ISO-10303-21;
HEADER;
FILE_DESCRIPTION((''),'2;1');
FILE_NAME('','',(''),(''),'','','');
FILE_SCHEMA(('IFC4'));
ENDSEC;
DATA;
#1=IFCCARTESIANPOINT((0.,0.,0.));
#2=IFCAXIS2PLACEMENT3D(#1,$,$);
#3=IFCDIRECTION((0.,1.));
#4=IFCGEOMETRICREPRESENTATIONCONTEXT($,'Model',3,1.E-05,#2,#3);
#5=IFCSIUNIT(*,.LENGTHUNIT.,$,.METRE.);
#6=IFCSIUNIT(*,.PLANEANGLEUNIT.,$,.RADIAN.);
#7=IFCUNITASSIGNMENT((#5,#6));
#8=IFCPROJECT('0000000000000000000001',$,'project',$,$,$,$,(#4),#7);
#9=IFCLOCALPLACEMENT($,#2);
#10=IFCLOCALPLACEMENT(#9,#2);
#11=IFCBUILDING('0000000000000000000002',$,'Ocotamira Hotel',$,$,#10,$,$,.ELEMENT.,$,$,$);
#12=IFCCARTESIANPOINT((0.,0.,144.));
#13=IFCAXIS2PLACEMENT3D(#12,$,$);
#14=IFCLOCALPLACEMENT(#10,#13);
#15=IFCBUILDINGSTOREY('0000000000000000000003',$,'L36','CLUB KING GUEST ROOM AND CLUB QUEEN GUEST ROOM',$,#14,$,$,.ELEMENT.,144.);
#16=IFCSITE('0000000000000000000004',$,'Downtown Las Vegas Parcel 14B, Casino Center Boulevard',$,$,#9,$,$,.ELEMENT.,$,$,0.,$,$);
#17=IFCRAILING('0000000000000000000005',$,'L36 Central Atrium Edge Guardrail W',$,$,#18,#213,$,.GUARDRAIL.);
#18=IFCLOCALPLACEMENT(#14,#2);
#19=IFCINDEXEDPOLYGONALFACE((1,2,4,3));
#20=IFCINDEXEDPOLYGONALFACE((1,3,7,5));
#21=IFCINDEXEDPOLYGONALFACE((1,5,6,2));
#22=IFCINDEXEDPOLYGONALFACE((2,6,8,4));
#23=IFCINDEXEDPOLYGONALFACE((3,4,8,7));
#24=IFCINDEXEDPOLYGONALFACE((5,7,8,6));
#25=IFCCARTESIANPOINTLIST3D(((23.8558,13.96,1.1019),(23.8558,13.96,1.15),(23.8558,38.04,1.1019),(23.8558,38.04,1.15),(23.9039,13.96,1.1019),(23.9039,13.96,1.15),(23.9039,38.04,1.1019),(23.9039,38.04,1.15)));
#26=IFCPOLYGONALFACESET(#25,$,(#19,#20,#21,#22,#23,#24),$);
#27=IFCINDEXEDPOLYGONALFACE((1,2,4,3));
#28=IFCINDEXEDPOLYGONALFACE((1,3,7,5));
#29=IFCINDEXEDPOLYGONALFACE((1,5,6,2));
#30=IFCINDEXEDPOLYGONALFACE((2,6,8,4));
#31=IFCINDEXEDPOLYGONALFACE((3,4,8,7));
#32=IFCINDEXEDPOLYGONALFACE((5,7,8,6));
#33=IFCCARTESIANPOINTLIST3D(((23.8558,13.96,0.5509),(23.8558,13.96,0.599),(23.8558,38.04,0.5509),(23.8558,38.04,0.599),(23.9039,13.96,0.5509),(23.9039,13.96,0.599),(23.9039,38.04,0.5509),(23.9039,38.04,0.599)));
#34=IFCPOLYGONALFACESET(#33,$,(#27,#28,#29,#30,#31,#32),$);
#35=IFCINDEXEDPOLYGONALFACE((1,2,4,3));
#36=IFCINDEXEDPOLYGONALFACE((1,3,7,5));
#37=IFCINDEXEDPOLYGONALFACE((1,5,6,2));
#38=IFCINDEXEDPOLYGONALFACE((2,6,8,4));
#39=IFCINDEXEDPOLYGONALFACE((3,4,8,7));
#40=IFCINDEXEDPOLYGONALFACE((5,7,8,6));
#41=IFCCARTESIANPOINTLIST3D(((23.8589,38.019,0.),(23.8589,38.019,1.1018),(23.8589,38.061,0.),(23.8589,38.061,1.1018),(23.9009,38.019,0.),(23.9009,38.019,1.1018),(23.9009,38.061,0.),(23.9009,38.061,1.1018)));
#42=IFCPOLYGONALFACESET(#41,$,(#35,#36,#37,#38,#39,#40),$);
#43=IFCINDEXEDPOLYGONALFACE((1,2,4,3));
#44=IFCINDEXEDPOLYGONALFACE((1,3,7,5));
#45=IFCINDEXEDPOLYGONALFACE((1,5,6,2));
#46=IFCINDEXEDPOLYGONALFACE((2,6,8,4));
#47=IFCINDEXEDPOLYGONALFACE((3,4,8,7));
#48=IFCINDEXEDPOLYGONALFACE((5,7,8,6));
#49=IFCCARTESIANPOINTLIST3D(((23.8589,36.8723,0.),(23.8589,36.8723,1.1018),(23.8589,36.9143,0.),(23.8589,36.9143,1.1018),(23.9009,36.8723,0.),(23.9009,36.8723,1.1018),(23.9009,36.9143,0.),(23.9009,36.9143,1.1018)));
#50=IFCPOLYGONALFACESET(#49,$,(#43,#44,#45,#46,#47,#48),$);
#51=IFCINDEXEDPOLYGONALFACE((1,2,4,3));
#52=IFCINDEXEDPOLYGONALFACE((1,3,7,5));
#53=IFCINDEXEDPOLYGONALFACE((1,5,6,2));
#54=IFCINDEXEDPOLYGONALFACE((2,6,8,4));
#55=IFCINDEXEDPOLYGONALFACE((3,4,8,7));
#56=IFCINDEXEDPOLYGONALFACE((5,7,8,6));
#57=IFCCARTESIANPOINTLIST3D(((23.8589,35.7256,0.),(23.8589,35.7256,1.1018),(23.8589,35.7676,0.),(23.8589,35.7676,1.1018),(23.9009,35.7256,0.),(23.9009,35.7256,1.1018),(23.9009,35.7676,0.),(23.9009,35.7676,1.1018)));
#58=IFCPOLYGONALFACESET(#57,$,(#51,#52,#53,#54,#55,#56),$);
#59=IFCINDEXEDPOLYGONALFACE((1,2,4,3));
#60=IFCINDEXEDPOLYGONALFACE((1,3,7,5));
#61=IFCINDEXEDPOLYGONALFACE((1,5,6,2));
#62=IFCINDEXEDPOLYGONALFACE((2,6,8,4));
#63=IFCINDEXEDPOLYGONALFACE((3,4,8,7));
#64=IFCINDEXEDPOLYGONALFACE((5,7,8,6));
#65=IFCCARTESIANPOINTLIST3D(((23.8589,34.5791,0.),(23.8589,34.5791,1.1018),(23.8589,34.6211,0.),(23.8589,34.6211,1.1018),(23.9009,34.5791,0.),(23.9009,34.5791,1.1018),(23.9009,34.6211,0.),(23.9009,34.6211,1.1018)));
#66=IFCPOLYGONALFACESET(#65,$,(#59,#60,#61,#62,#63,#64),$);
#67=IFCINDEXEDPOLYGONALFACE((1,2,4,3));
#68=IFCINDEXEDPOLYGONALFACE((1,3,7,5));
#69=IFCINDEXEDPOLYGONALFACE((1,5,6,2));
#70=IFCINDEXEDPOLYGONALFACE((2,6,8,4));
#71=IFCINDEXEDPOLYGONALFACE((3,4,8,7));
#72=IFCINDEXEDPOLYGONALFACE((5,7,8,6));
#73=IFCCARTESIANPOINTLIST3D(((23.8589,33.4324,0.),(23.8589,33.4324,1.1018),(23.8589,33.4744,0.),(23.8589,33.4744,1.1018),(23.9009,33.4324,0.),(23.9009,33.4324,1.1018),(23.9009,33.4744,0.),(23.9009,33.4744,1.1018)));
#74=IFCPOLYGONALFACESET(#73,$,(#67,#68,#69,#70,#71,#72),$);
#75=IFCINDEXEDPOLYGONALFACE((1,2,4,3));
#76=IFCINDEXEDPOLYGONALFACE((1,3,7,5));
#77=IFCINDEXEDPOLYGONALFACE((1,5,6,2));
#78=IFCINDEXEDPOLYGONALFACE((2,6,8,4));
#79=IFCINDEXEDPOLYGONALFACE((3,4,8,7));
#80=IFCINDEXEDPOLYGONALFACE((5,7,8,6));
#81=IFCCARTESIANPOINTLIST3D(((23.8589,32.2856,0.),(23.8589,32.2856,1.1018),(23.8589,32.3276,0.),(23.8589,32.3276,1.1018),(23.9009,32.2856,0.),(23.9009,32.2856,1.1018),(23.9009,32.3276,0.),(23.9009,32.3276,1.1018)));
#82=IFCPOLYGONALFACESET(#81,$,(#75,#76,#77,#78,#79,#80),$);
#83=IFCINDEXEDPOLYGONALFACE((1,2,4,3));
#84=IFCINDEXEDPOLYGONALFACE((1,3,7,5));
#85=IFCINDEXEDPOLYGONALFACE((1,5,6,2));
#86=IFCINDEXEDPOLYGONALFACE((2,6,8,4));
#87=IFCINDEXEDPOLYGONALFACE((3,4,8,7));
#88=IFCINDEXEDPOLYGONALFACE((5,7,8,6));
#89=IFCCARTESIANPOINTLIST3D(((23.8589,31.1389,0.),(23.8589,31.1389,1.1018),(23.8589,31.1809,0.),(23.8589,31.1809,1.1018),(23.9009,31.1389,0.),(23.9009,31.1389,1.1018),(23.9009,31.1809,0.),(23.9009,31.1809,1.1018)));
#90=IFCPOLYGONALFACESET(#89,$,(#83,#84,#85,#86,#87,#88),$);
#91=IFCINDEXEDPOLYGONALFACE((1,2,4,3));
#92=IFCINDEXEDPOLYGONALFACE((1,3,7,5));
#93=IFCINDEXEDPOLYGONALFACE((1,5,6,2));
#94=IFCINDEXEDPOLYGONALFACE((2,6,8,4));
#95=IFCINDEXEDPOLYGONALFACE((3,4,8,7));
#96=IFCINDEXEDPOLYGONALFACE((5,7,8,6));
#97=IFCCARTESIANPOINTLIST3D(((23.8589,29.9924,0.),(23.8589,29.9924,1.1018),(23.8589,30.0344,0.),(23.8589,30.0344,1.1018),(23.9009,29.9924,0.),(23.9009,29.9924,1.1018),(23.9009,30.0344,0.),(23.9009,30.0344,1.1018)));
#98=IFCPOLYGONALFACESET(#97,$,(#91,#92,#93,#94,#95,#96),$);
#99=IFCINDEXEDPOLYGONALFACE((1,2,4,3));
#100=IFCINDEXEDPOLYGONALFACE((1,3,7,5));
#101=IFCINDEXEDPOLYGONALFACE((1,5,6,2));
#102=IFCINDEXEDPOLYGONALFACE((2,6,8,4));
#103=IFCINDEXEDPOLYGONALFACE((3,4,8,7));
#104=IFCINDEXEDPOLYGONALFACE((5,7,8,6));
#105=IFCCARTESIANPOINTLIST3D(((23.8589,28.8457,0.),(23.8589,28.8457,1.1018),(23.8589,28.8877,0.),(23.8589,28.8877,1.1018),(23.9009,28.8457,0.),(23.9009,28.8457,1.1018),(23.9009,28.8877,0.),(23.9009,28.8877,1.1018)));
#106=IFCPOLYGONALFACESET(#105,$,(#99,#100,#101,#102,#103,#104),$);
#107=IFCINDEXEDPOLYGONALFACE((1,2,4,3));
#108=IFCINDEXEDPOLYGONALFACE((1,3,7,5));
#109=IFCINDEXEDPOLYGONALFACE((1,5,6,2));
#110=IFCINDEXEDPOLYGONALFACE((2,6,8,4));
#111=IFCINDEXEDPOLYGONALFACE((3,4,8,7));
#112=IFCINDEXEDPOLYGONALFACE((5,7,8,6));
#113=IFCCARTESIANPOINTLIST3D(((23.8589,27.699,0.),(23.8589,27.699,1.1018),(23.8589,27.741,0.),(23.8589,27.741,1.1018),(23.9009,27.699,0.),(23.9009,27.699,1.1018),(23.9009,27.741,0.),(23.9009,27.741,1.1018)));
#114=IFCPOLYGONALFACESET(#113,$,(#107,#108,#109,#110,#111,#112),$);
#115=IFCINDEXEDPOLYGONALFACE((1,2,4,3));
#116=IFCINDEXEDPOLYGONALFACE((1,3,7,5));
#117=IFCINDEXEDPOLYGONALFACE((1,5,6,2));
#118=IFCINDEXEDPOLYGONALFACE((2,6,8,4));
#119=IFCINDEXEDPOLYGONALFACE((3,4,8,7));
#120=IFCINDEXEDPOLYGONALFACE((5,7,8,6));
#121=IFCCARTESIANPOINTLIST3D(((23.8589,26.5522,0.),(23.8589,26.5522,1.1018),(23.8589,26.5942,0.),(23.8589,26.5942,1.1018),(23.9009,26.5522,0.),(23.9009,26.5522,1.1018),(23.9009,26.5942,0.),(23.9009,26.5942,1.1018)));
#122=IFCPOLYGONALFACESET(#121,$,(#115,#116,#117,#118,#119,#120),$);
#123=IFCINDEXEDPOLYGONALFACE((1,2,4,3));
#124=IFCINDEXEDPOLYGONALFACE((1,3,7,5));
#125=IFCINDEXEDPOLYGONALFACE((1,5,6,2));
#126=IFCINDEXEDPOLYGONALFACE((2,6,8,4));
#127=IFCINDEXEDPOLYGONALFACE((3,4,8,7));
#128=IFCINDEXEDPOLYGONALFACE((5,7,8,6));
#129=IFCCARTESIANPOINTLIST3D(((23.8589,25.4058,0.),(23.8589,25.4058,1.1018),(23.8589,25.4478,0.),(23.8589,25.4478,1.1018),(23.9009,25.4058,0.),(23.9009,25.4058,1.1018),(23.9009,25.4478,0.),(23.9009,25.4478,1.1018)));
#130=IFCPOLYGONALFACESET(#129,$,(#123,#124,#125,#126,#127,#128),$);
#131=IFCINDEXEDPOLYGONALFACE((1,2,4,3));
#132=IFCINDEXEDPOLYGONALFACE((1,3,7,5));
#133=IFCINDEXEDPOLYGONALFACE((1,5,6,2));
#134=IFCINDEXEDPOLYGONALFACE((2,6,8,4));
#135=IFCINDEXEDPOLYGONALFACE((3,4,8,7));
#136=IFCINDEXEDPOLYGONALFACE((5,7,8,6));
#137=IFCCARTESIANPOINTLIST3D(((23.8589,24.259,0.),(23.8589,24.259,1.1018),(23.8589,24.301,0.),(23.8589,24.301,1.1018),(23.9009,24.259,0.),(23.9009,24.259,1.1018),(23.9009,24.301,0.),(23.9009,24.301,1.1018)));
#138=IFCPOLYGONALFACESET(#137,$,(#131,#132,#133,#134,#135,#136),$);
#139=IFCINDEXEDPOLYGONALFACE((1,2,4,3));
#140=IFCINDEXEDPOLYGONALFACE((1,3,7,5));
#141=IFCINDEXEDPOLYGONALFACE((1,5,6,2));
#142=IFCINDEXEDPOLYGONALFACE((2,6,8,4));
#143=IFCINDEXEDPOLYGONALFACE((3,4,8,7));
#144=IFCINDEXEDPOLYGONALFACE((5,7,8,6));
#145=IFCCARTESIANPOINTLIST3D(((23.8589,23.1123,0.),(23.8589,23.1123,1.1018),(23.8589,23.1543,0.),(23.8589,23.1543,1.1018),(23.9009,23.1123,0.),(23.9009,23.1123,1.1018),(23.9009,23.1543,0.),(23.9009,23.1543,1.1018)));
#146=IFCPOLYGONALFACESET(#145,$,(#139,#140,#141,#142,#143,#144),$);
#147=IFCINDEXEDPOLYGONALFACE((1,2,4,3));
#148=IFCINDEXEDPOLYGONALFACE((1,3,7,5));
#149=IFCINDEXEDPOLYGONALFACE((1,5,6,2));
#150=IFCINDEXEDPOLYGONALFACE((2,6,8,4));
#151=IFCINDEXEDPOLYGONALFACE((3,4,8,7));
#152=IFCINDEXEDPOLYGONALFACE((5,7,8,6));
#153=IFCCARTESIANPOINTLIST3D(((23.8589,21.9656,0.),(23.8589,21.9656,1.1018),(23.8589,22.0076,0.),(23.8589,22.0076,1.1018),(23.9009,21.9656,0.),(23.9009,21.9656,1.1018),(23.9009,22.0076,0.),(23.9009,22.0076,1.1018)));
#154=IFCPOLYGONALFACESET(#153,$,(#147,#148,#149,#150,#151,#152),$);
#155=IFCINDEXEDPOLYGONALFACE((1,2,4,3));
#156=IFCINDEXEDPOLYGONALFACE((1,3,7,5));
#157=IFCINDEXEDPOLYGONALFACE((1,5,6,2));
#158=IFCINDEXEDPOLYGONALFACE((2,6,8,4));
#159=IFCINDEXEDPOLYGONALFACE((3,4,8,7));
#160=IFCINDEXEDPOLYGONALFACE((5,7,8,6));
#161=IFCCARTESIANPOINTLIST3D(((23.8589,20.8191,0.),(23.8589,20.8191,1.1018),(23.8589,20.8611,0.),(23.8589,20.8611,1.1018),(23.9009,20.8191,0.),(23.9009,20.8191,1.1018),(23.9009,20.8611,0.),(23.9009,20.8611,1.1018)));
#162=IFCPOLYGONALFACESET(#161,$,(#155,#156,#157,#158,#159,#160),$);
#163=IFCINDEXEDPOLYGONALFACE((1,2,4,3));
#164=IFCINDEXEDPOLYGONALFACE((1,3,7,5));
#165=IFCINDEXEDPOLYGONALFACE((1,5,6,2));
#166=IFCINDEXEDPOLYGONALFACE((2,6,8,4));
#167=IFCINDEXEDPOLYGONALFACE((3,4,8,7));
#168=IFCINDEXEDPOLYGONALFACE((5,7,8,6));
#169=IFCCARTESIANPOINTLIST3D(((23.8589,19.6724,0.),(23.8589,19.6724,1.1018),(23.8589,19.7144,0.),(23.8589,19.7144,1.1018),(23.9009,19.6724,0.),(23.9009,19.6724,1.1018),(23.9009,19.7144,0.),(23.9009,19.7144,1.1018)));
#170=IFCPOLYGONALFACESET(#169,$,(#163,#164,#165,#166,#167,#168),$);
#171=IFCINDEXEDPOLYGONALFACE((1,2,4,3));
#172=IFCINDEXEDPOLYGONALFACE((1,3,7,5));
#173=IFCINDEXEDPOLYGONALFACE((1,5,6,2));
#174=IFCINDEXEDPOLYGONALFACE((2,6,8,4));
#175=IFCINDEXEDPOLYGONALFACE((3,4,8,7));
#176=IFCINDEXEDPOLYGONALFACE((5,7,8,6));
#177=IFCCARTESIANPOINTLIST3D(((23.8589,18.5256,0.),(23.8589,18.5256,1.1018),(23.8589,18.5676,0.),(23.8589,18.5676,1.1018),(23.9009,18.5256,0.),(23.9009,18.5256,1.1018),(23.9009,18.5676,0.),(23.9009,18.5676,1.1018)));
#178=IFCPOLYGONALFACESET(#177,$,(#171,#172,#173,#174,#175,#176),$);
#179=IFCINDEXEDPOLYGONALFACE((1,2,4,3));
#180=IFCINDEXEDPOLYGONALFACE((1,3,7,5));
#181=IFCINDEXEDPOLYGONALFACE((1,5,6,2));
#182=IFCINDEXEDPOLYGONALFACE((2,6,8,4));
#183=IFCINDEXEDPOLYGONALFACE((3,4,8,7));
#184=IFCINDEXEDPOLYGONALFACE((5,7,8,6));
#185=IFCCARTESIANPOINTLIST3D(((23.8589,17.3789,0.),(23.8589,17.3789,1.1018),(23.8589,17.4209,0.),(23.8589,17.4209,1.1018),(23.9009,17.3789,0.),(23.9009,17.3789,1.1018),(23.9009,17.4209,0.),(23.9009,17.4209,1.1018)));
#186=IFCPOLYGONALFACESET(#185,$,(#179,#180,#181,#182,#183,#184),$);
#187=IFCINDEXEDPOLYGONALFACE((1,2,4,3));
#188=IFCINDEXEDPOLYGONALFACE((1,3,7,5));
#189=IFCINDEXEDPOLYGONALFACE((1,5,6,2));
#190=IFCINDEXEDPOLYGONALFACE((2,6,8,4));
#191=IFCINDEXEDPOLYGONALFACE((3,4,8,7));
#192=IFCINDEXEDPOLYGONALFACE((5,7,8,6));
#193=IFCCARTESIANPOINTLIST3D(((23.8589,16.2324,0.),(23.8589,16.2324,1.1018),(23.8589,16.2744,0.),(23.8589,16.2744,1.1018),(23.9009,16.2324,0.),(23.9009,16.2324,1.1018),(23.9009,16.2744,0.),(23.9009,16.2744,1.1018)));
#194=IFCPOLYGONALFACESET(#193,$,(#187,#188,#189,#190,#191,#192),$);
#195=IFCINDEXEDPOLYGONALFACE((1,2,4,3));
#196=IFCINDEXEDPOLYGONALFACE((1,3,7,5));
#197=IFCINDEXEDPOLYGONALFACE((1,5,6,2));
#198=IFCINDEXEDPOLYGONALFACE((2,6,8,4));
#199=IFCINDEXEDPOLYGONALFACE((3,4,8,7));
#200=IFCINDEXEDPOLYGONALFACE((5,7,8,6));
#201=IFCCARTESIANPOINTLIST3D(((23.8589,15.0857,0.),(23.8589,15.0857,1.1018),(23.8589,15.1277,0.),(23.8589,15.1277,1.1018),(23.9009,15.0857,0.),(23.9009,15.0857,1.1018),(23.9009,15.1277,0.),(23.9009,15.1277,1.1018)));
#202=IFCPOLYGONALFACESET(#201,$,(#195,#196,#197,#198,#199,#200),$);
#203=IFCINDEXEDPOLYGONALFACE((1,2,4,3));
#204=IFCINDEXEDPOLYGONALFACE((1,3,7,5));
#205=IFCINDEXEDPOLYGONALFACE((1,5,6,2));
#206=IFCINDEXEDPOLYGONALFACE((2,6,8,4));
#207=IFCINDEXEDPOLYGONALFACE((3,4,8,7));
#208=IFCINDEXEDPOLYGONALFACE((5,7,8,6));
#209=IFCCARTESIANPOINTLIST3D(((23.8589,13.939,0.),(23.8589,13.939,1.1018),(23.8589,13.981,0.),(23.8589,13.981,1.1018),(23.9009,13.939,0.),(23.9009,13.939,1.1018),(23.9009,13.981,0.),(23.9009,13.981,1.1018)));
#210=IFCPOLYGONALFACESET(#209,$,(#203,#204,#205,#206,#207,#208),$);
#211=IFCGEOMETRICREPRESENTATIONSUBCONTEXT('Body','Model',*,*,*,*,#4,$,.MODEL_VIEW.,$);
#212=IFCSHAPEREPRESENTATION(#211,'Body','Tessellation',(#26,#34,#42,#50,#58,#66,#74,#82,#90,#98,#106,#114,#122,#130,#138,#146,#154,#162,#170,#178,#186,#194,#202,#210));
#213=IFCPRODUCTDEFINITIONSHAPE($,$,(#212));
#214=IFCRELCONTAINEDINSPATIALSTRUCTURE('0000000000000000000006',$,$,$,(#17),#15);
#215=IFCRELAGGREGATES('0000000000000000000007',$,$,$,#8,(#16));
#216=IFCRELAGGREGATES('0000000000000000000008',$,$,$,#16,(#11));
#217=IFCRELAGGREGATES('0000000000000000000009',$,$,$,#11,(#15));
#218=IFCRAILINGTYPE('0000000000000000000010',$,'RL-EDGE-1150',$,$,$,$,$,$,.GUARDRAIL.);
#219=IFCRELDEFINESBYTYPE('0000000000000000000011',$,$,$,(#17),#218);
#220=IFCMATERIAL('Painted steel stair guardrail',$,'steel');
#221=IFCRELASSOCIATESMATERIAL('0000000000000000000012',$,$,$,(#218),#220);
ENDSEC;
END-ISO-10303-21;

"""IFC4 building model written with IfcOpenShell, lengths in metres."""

from ifc_helpers import new_model, si_unit, direction, frame, origin, origin_2d, place, context, subcontext, project, spatial, rectangle, extrude, material, type_object, element, save


model = new_model("IFC4")

# Units and contexts
model_context = context("Model", 3, precision=1e-05, world=origin(), true_north=direction((0.0, 1.0)))
body_context = subcontext(model_context, "Body", "Model", "MODEL_VIEW")
ifc_project = project(units=[si_unit("LENGTHUNIT", "METRE"), si_unit("PLANEANGLEUNIT", "RADIAN")], contexts=[model_context])

# Site, building, storey
site_placement = place(None, origin())
site = spatial("IfcSite", under=ifc_project, at=site_placement, Name="Downtown Las Vegas Parcel 14B, Casino Center Boulevard", CompositionType="ELEMENT", RefElevation=0.0)
building_placement = place(site_placement, origin())
building = spatial("IfcBuilding", under=site, at=building_placement, Name="Ocotamira Hotel", CompositionType="ELEMENT")
storey_placement = place(building_placement, frame((0.0, 0.0, 144.0)))
storey = spatial("IfcBuildingStorey", under=building, at=storey_placement, Name="L36", Description="CLUB KING GUEST ROOM AND CLUB QUEEN GUEST ROOM", CompositionType="ELEMENT", Elevation=144.0)

# Railing
ifc_material_1 = material(Name="Painted steel stair guardrail", Category="steel")
railing_type = type_object("IfcRailingType", Name="RL-EDGE-1150", PredefinedType="GUARDRAIL", material=ifc_material_1)
railing_placement = place(storey_placement, frame((23.8799, 38.04, 0.0)))
element("IfcRailing", 1, at=railing_placement, inside=storey, type_object=railing_type, Name="L36 Central Atrium Edge Guardrail W", PredefinedType="GUARDRAIL", context=body_context, shape_type="SweptSolid", body=[
    extrude(rectangle(XDim=0.0481, YDim=0.0481, at=origin_2d()), frame((0.0, 0.0, 1.126), z_axis=(0.0, -1.0, 0.0), x_axis=(1.0, 0.0, 0.0)), (0.0, 0.0, 1.0), 24.0801),
    extrude(rectangle(XDim=0.0481, YDim=0.0481, at=origin_2d()), frame((0.0, 0.0, 0.575), z_axis=(0.0, -1.0, 0.0), x_axis=(1.0, 0.0, 0.0)), (0.0, 0.0, 1.0), 24.0801),
    extrude(rectangle(XDim=0.042, YDim=0.042, at=origin_2d()), origin(), (0.0, 0.0, 1.0), 1.1018),
    extrude(rectangle(XDim=0.042, YDim=0.042, at=origin_2d()), frame((0.0, -1.1467, 0.0)), (0.0, 0.0, 1.0), 1.1018),
    extrude(rectangle(XDim=0.042, YDim=0.042, at=origin_2d()), frame((0.0, -2.2935, 0.0)), (0.0, 0.0, 1.0), 1.1018),
    extrude(rectangle(XDim=0.042, YDim=0.042, at=origin_2d()), frame((0.0, -3.4399, 0.0)), (0.0, 0.0, 1.0), 1.1018),
    extrude(rectangle(XDim=0.042, YDim=0.042, at=origin_2d()), frame((0.0, -4.5867, 0.0)), (0.0, 0.0, 1.0), 1.1018),
    extrude(rectangle(XDim=0.042, YDim=0.042, at=origin_2d()), frame((0.0, -5.7334, 0.0)), (0.0, 0.0, 1.0), 1.1018),
    extrude(rectangle(XDim=0.042, YDim=0.042, at=origin_2d()), frame((0.0, -6.8801, 0.0)), (0.0, 0.0, 1.0), 1.1018),
    extrude(rectangle(XDim=0.042, YDim=0.042, at=origin_2d()), frame((0.0, -8.0266, 0.0)), (0.0, 0.0, 1.0), 1.1018),
    extrude(rectangle(XDim=0.042, YDim=0.042, at=origin_2d()), frame((0.0, -9.1733, 0.0)), (0.0, 0.0, 1.0), 1.1018),
    extrude(rectangle(XDim=0.042, YDim=0.042, at=origin_2d()), frame((0.0, -10.3201, 0.0)), (0.0, 0.0, 1.0), 1.1018),
    extrude(rectangle(XDim=0.042, YDim=0.042, at=origin_2d()), frame((0.0, -11.4668, 0.0)), (0.0, 0.0, 1.0), 1.1018),
    extrude(rectangle(XDim=0.042, YDim=0.042, at=origin_2d()), frame((0.0, -12.6133, 0.0)), (0.0, 0.0, 1.0), 1.1018),
    extrude(rectangle(XDim=0.042, YDim=0.042, at=origin_2d()), frame((0.0, -13.76, 0.0)), (0.0, 0.0, 1.0), 1.1018),
    extrude(rectangle(XDim=0.042, YDim=0.042, at=origin_2d()), frame((0.0, -14.9067, 0.0)), (0.0, 0.0, 1.0), 1.1018),
    extrude(rectangle(XDim=0.042, YDim=0.042, at=origin_2d()), frame((0.0, -16.0535, 0.0)), (0.0, 0.0, 1.0), 1.1018),
    extrude(rectangle(XDim=0.042, YDim=0.042, at=origin_2d()), frame((0.0, -17.2, 0.0)), (0.0, 0.0, 1.0), 1.1018),
    extrude(rectangle(XDim=0.042, YDim=0.042, at=origin_2d()), frame((0.0, -18.3467, 0.0)), (0.0, 0.0, 1.0), 1.1018),
    extrude(rectangle(XDim=0.042, YDim=0.042, at=origin_2d()), frame((0.0, -19.4934, 0.0)), (0.0, 0.0, 1.0), 1.1018),
    extrude(rectangle(XDim=0.042, YDim=0.042, at=origin_2d()), frame((0.0, -20.6401, 0.0)), (0.0, 0.0, 1.0), 1.1018),
    extrude(rectangle(XDim=0.042, YDim=0.042, at=origin_2d()), frame((0.0, -21.7866, 0.0)), (0.0, 0.0, 1.0), 1.1018),
    extrude(rectangle(XDim=0.042, YDim=0.042, at=origin_2d()), frame((0.0, -22.9333, 0.0)), (0.0, 0.0, 1.0), 1.1018),
    extrude(rectangle(XDim=0.042, YDim=0.042, at=origin_2d()), frame((0.0, -24.0801, 0.0)), (0.0, 0.0, 1.0), 1.1018),
])

save(model, "model.ifc")
